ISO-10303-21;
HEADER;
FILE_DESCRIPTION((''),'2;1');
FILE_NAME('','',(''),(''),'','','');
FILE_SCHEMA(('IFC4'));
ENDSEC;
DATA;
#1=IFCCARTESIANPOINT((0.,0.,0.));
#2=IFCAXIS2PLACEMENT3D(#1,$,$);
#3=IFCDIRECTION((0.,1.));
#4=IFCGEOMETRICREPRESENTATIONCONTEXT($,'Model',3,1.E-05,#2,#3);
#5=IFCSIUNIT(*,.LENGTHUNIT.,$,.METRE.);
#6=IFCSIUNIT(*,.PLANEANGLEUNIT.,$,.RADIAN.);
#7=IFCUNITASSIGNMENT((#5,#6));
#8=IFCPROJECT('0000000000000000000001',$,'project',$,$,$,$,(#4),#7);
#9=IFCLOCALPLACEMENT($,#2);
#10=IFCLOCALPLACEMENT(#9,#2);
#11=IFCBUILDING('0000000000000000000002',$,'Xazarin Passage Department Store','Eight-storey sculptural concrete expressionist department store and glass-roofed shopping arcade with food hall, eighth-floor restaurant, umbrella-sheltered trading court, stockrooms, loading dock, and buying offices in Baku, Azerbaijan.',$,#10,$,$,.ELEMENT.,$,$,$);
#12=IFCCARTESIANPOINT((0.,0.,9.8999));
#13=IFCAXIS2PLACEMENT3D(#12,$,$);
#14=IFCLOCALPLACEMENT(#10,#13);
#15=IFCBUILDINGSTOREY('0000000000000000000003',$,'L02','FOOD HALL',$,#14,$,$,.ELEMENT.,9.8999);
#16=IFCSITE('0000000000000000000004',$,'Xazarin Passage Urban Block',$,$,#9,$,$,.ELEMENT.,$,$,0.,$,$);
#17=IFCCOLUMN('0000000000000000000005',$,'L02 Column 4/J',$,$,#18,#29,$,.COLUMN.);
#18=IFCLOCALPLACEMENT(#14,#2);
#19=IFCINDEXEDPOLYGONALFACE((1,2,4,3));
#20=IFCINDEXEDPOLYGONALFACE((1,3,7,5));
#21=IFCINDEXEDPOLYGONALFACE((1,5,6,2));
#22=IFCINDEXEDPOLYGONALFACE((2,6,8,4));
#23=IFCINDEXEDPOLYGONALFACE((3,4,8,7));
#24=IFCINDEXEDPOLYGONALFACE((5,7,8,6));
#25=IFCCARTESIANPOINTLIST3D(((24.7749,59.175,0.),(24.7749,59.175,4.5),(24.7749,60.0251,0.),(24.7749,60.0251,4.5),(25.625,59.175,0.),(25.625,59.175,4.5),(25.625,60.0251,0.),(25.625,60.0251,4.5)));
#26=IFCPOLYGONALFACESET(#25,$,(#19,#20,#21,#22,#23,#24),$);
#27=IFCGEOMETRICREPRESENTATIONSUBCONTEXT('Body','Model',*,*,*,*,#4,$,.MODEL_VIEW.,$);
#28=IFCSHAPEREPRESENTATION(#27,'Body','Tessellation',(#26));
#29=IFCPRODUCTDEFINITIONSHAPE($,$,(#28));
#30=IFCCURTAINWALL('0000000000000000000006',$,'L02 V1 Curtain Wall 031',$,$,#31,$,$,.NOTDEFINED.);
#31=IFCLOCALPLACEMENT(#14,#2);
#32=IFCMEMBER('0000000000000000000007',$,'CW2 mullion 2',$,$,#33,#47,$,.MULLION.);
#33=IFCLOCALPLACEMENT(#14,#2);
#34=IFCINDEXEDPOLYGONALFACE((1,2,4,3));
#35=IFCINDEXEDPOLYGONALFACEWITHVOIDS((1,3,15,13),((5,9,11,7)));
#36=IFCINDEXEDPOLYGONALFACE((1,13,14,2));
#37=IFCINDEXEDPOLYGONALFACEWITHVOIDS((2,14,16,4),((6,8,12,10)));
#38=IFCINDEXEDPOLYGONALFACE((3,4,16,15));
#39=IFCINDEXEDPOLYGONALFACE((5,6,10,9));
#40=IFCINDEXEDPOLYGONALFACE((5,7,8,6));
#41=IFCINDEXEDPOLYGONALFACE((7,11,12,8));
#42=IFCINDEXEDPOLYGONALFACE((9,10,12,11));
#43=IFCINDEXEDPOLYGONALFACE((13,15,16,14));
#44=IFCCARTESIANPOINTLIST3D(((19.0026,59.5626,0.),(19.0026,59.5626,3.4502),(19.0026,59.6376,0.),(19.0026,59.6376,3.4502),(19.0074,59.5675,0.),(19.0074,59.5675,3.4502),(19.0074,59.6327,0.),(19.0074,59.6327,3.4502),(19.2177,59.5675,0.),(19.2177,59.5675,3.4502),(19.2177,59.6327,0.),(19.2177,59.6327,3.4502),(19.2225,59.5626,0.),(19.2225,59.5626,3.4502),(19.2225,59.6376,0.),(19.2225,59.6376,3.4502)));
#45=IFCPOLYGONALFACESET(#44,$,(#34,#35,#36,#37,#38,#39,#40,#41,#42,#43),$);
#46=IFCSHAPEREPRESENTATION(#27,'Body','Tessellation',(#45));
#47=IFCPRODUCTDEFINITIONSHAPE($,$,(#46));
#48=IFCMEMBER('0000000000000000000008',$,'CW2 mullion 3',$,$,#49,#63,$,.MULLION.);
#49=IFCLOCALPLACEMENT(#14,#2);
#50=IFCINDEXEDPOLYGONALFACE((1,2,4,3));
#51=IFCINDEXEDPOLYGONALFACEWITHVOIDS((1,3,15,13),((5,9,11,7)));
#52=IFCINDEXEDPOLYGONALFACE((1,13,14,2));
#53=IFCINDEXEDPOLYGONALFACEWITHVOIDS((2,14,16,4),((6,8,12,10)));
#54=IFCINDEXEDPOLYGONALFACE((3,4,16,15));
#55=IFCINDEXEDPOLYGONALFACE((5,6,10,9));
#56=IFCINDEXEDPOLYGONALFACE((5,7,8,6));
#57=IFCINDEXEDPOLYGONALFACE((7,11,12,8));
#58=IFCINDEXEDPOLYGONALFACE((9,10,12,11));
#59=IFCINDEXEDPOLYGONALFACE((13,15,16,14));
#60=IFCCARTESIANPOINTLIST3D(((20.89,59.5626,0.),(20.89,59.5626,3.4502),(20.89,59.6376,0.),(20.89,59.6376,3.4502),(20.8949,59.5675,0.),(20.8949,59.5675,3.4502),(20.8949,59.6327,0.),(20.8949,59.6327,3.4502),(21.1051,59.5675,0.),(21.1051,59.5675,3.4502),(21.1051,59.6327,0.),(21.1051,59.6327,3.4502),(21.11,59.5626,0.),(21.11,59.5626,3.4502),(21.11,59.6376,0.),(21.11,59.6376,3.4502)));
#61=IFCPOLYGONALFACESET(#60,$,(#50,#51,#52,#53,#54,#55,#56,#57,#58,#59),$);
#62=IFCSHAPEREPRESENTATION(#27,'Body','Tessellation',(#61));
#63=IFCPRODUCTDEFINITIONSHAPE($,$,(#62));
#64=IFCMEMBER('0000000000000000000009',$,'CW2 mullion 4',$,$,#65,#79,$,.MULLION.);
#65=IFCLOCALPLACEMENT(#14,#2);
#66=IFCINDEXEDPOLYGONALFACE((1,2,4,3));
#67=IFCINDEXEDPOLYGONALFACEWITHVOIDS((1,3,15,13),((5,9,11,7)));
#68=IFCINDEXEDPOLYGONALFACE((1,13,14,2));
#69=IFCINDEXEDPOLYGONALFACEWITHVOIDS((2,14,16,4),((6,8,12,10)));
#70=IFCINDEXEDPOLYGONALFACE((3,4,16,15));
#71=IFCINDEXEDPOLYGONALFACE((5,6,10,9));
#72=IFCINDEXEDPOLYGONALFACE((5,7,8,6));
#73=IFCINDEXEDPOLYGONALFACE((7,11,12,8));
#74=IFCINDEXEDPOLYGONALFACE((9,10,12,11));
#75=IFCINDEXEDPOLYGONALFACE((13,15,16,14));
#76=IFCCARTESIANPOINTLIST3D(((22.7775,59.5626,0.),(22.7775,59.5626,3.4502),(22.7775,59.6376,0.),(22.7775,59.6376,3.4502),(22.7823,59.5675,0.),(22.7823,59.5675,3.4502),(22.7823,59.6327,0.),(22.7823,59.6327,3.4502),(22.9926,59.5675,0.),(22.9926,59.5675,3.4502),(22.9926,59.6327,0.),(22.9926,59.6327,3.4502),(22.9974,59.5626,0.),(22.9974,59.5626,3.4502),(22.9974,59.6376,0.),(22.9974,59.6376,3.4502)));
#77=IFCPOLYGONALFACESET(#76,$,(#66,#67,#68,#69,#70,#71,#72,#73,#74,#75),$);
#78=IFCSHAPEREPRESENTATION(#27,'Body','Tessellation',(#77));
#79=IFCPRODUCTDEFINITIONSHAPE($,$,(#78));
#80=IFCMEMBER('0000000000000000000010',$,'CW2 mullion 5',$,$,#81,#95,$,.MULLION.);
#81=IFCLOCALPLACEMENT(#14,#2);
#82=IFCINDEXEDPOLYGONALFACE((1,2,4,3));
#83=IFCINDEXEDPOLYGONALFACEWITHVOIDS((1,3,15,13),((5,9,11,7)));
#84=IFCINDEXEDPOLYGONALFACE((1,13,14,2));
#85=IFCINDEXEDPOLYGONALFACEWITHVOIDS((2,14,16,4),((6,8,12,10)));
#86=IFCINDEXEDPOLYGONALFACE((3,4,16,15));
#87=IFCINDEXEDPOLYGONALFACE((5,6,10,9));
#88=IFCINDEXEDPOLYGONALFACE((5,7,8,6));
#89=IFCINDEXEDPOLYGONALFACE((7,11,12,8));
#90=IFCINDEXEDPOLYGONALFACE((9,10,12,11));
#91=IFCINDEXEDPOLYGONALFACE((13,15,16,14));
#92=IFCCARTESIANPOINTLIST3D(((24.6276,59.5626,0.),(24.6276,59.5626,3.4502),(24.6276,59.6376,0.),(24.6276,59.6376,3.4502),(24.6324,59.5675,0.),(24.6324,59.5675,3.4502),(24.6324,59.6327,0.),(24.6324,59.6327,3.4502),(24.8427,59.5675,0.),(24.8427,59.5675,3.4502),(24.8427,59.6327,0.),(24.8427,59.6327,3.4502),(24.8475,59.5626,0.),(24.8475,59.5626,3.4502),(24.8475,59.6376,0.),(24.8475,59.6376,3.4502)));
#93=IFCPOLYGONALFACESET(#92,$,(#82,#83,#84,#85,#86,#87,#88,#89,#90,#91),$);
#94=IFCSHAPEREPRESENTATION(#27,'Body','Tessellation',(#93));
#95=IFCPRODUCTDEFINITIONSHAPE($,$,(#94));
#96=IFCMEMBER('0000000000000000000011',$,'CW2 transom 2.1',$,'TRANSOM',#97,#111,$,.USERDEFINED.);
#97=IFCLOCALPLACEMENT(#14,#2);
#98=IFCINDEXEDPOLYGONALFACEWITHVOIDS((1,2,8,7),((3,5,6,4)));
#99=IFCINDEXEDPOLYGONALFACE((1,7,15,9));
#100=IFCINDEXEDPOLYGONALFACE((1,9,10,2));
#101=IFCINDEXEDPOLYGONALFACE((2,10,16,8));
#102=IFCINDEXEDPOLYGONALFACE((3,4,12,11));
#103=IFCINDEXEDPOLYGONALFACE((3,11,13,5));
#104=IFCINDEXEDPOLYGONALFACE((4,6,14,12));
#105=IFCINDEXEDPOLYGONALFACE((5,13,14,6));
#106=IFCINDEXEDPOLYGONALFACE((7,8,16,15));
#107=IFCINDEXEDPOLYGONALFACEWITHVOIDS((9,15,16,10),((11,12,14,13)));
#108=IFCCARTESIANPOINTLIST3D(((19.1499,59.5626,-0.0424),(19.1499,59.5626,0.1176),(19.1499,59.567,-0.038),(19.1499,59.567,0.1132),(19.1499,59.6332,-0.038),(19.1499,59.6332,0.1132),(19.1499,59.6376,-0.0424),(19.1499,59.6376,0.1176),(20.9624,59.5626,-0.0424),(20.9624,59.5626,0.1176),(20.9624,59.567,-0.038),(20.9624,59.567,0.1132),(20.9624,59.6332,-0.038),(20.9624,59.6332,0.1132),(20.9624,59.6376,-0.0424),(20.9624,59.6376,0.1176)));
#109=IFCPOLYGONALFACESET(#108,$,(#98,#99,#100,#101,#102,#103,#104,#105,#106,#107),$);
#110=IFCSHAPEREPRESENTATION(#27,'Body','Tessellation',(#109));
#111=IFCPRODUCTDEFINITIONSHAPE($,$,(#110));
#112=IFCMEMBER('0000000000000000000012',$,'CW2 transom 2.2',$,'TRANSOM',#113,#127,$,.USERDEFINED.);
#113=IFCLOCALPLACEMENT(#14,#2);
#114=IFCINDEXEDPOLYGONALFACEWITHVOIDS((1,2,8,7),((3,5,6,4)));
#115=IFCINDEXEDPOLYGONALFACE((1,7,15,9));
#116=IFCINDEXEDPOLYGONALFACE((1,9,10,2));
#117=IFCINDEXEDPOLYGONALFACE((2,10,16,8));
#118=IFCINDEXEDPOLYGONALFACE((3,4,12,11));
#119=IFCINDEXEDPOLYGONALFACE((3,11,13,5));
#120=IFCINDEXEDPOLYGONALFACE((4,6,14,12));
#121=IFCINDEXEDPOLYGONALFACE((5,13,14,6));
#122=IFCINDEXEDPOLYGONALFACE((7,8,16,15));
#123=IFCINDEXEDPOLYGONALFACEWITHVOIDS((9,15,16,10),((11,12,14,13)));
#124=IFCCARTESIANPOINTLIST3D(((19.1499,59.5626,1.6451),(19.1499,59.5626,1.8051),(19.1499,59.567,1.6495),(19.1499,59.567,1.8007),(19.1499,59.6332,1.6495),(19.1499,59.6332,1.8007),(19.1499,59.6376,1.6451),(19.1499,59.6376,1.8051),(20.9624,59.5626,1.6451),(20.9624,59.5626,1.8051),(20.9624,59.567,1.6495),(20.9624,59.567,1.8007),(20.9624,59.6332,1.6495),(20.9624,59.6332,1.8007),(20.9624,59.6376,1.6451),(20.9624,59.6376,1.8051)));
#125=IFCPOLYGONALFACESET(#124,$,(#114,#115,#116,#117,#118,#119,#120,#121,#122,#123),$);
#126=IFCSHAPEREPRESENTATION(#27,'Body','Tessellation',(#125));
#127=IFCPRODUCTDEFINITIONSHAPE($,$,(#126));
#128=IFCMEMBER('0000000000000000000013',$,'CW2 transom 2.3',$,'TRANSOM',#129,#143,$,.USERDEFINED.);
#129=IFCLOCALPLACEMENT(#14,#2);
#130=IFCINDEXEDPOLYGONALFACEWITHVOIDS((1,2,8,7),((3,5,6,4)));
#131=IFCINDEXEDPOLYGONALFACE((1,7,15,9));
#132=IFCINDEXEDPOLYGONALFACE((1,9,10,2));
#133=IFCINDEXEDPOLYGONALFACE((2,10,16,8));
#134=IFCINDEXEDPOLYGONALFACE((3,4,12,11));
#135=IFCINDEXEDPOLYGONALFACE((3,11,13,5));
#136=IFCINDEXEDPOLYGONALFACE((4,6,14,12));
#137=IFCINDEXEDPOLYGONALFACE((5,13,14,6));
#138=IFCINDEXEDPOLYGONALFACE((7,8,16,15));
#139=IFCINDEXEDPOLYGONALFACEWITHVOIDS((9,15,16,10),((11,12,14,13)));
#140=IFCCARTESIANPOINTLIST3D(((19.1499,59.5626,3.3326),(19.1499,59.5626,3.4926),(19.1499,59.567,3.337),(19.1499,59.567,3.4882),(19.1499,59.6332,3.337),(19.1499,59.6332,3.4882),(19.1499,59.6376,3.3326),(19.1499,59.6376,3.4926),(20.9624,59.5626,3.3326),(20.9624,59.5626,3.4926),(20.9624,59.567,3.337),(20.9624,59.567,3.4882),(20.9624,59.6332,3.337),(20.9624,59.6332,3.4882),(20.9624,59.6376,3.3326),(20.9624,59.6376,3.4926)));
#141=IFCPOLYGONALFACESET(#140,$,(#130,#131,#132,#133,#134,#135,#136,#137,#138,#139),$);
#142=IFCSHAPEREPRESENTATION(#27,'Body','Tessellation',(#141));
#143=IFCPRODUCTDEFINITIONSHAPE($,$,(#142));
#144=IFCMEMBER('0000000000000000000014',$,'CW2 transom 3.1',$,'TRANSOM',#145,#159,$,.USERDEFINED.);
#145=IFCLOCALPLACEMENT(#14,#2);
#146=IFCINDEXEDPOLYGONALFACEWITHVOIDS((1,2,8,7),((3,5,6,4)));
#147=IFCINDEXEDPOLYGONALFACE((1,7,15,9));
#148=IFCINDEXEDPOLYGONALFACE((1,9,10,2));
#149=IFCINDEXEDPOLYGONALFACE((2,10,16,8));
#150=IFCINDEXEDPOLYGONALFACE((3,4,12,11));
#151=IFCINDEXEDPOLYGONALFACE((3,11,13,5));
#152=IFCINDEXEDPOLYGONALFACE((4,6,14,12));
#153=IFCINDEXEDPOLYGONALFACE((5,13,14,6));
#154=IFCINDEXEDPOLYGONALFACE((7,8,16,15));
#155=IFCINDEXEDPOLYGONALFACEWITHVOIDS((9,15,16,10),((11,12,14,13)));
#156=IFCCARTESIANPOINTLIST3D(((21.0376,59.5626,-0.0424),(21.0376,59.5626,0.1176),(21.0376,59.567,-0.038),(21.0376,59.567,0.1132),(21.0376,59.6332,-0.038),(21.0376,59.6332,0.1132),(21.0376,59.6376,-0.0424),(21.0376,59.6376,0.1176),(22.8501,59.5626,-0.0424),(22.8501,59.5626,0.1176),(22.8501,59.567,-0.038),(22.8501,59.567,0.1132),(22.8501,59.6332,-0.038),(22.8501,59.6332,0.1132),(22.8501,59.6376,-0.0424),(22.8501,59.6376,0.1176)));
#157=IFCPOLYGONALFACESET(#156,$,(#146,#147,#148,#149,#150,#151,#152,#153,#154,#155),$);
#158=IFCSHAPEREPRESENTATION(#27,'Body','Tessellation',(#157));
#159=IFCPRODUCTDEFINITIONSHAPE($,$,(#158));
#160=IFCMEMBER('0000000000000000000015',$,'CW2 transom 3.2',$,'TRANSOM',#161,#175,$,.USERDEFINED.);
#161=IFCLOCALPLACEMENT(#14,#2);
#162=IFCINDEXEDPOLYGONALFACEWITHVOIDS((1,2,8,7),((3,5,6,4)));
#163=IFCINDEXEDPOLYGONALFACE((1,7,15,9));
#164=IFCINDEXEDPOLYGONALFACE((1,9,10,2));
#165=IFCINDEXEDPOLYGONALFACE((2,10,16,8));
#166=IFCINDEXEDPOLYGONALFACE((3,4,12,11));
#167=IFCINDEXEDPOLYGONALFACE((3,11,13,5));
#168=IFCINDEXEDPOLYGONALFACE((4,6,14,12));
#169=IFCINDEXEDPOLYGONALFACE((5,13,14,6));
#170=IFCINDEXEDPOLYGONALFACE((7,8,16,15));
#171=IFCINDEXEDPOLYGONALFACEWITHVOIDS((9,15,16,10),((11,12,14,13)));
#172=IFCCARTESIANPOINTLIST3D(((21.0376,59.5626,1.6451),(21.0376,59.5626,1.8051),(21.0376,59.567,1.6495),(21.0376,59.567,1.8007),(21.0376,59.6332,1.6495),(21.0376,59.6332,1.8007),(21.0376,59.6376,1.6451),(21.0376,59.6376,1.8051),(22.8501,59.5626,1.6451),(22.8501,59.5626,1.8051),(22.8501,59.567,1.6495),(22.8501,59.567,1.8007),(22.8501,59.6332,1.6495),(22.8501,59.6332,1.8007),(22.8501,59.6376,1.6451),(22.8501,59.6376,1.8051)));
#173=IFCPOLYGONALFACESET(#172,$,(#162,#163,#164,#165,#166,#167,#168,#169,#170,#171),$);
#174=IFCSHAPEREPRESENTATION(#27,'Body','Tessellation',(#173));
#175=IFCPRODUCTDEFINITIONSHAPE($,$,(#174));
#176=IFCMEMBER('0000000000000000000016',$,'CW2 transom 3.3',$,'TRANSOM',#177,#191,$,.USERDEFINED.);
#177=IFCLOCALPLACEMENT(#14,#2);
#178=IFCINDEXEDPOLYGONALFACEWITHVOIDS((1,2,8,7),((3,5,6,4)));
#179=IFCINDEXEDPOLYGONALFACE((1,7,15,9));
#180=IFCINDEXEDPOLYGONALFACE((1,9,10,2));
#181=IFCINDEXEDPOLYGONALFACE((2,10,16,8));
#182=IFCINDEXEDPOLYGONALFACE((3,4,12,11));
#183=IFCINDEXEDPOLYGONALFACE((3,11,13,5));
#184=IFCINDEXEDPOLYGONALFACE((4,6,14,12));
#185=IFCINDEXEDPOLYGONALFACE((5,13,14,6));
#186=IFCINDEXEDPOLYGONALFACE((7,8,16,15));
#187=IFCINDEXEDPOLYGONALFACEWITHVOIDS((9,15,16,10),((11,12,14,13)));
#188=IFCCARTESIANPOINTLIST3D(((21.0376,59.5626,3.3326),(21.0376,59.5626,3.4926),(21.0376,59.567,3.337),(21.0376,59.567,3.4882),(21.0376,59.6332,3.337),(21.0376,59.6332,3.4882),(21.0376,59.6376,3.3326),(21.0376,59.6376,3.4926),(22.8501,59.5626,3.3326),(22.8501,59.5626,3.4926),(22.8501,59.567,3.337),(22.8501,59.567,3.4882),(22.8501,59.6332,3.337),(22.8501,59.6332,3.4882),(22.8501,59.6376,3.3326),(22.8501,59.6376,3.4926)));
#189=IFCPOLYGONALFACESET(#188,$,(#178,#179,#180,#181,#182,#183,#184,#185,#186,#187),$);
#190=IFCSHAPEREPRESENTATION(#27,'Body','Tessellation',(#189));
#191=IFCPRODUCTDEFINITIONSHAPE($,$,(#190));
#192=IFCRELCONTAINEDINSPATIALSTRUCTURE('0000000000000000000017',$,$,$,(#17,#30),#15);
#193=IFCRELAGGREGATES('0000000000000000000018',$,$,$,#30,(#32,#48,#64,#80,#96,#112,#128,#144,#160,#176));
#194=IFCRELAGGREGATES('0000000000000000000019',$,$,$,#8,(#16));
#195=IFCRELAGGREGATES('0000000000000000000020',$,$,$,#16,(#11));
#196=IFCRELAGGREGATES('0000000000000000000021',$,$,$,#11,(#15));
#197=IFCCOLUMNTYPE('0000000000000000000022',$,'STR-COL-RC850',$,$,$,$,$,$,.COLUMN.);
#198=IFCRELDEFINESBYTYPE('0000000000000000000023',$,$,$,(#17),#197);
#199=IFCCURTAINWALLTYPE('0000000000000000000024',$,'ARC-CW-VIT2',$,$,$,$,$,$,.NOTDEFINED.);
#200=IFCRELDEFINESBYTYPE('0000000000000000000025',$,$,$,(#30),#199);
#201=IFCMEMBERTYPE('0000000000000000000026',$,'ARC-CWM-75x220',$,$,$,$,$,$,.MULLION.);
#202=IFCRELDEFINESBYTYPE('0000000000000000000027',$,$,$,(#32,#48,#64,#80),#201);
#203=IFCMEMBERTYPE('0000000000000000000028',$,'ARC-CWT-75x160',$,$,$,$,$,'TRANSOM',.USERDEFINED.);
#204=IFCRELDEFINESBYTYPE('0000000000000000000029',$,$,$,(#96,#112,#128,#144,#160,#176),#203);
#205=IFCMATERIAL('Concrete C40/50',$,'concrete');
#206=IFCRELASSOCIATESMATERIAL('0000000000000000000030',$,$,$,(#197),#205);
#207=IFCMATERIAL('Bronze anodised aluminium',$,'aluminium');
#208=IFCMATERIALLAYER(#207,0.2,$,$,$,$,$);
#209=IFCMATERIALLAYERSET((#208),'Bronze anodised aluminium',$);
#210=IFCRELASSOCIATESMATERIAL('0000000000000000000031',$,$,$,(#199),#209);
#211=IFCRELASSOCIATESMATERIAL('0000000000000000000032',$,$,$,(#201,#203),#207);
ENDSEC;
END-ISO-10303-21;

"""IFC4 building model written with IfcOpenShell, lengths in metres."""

from ifc_helpers import new_model, si_unit, direction, frame, origin, origin_2d, place, context, subcontext, project, spatial, rectangle, hollow_rectangle, extrude, material, layer, layer_set, material_profile, profile_set, type_object, element, aggregate, save


model = new_model("IFC4")

# Units and contexts
model_context = context("Model", 3, precision=1e-05, world=origin(), true_north=direction((0.0, 1.0)))
body_context = subcontext(model_context, "Body", "Model", "MODEL_VIEW")
ifc_project = project(units=[si_unit("LENGTHUNIT", "METRE"), si_unit("PLANEANGLEUNIT", "RADIAN")], contexts=[model_context])

# Site, building, storey
site_placement = place(None, origin())
site = spatial("IfcSite", under=ifc_project, at=site_placement, Name="Xazarin Passage Urban Block", CompositionType="ELEMENT", RefElevation=0.0)
building_placement = place(site_placement, origin())
building = spatial("IfcBuilding", under=site, at=building_placement, Name="Xazarin Passage Department Store", Description="Eight-storey sculptural concrete expressionist department store and glass-roofed shopping arcade with food hall, eighth-floor restaurant, umbrella-sheltered trading court, stockrooms, loading dock, and buying offices in Baku, Azerbaijan.", CompositionType="ELEMENT")
storey_placement = place(building_placement, frame((0.0, 0.0, 9.8999)))
storey = spatial("IfcBuildingStorey", under=building, at=storey_placement, Name="L02", Description="FOOD HALL", CompositionType="ELEMENT", Elevation=9.8999)

# Column
ifc_material_1 = material(Name="Concrete C40/50", Category="concrete")
ifc_material_profile_1 = material_profile(ifc_material_1, rectangle(XDim=0.8501, YDim=0.8501, at=origin_2d()), Name="RC 850x850")
ifc_profile_set_1 = profile_set([ifc_material_profile_1], Name="Concrete C40/50")
column_type = type_object("IfcColumnType", Name="STR-COL-RC850", PredefinedType="COLUMN", material=ifc_profile_set_1)
column_placement = place(storey_placement, frame((25.2, 59.6001, 0.0), z_axis=(0.0, 0.0, 1.0), x_axis=(1.0, 0.0, 0.0)))
element("IfcColumn", 1, at=column_placement, inside=storey, type_object=column_type, Name="L02 Column 4/J", PredefinedType="COLUMN", context=body_context, shape_type="SweptSolid", body=[
    extrude(rectangle(XDim=0.8501, YDim=0.8501, at=origin_2d()), origin(), (0.0, 0.0, 1.0), 4.5),
])

# Curtain wall, members
ifc_material_2 = material(Name="Bronze anodised aluminium", Category="aluminium")
ifc_layer_1 = layer(ifc_material_2, 0.2)
ifc_layer_set_1 = layer_set([ifc_layer_1], Name="Bronze anodised aluminium")
curtain_wall_type = type_object("IfcCurtainWallType", Name="ARC-CW-VIT2", PredefinedType="NOTDEFINED", material=ifc_layer_set_1)
curtain_wall_placement = place(storey_placement, origin())
curtain_wall = element("IfcCurtainWall", 2, at=curtain_wall_placement, inside=storey, type_object=curtain_wall_type, Name="L02 V1 Curtain Wall 031", PredefinedType="NOTDEFINED")
ifc_material_profile_2 = material_profile(ifc_material_2, hollow_rectangle(XDim=0.075, YDim=0.22, WallThickness=0.0049, at=origin_2d()), Name="ALU 75x220")
ifc_profile_set_2 = profile_set([ifc_material_profile_2], Name="Bronze anodised aluminium")
member_type_1 = type_object("IfcMemberType", Name="ARC-CWM-75x220", PredefinedType="MULLION", material=ifc_profile_set_2)
member_1_placement = place(storey_placement, frame((19.1125, 59.6001, 0.0), z_axis=(0.0, 0.0, 1.0), x_axis=(0.0, 1.0, 0.0)))
member_1 = element("IfcMember", 3, at=member_1_placement, type_object=member_type_1, Name="CW2 mullion 2", PredefinedType="MULLION", context=body_context, shape_type="SweptSolid", body=[
    extrude(hollow_rectangle(XDim=0.075, YDim=0.22, WallThickness=0.0049, at=origin_2d()), origin(), (0.0, 0.0, 1.0), 3.4502),
])
member_2_placement = place(storey_placement, frame((21.0, 59.6001, 0.0), z_axis=(0.0, 0.0, 1.0), x_axis=(0.0, 1.0, 0.0)))
member_2 = element("IfcMember", 4, at=member_2_placement, type_object=member_type_1, Name="CW2 mullion 3", PredefinedType="MULLION", context=body_context, shape_type="SweptSolid", body=[
    extrude(hollow_rectangle(XDim=0.075, YDim=0.22, WallThickness=0.0049, at=origin_2d()), origin(), (0.0, 0.0, 1.0), 3.4502),
])
member_3_placement = place(storey_placement, frame((22.8875, 59.6001, 0.0), z_axis=(0.0, 0.0, 1.0), x_axis=(0.0, 1.0, 0.0)))
member_3 = element("IfcMember", 5, at=member_3_placement, type_object=member_type_1, Name="CW2 mullion 4", PredefinedType="MULLION", context=body_context, shape_type="SweptSolid", body=[
    extrude(hollow_rectangle(XDim=0.075, YDim=0.22, WallThickness=0.0049, at=origin_2d()), origin(), (0.0, 0.0, 1.0), 3.4502),
])
member_4_placement = place(storey_placement, frame((24.7375, 59.6001, 0.0), z_axis=(0.0, 0.0, 1.0), x_axis=(0.0, 1.0, 0.0)))
member_4 = element("IfcMember", 6, at=member_4_placement, type_object=member_type_1, Name="CW2 mullion 5", PredefinedType="MULLION", context=body_context, shape_type="SweptSolid", body=[
    extrude(hollow_rectangle(XDim=0.075, YDim=0.22, WallThickness=0.0049, at=origin_2d()), origin(), (0.0, 0.0, 1.0), 3.4502),
])
ifc_material_profile_3 = material_profile(ifc_material_2, hollow_rectangle(XDim=0.075, YDim=0.1599, WallThickness=0.0044, at=origin_2d()), Name="ALU 75x160")
ifc_profile_set_3 = profile_set([ifc_material_profile_3], Name="Bronze anodised aluminium")
member_type_2 = type_object("IfcMemberType", Name="ARC-CWT-75x160", ElementType="TRANSOM", PredefinedType="USERDEFINED", material=ifc_profile_set_3)
member_5_placement = place(storey_placement, frame((19.1499, 59.6001, 0.0376), z_axis=(1.0, 0.0, 0.0), x_axis=(0.0, 1.0, 0.0)))
member_5 = element("IfcMember", 7, at=member_5_placement, type_object=member_type_2, Name="CW2 transom 2.1", ObjectType="TRANSOM", PredefinedType="USERDEFINED", context=body_context, shape_type="SweptSolid", body=[
    extrude(hollow_rectangle(XDim=0.075, YDim=0.1599, WallThickness=0.0044, at=origin_2d()), origin(), (0.0, 0.0, 1.0), 1.8125),
])
member_6_placement = place(storey_placement, frame((19.1499, 59.6001, 1.7251), z_axis=(1.0, 0.0, 0.0), x_axis=(0.0, 1.0, 0.0)))
member_6 = element("IfcMember", 8, at=member_6_placement, type_object=member_type_2, Name="CW2 transom 2.2", ObjectType="TRANSOM", PredefinedType="USERDEFINED", context=body_context, shape_type="SweptSolid", body=[
    extrude(hollow_rectangle(XDim=0.075, YDim=0.1599, WallThickness=0.0044, at=origin_2d()), origin(), (0.0, 0.0, 1.0), 1.8125),
])
member_7_placement = place(storey_placement, frame((19.1499, 59.6001, 3.4126), z_axis=(1.0, 0.0, 0.0), x_axis=(0.0, 1.0, 0.0)))
member_7 = element("IfcMember", 9, at=member_7_placement, type_object=member_type_2, Name="CW2 transom 2.3", ObjectType="TRANSOM", PredefinedType="USERDEFINED", context=body_context, shape_type="SweptSolid", body=[
    extrude(hollow_rectangle(XDim=0.075, YDim=0.1599, WallThickness=0.0044, at=origin_2d()), origin(), (0.0, 0.0, 1.0), 1.8125),
])
member_8_placement = place(storey_placement, frame((21.0376, 59.6001, 0.0376), z_axis=(1.0, 0.0, 0.0), x_axis=(0.0, 1.0, 0.0)))
member_8 = element("IfcMember", 10, at=member_8_placement, type_object=member_type_2, Name="CW2 transom 3.1", ObjectType="TRANSOM", PredefinedType="USERDEFINED", context=body_context, shape_type="SweptSolid", body=[
    extrude(hollow_rectangle(XDim=0.075, YDim=0.1599, WallThickness=0.0044, at=origin_2d()), origin(), (0.0, 0.0, 1.0), 1.8125),
])
member_9_placement = place(storey_placement, frame((21.0376, 59.6001, 1.7251), z_axis=(1.0, 0.0, 0.0), x_axis=(0.0, 1.0, 0.0)))
member_9 = element("IfcMember", 11, at=member_9_placement, type_object=member_type_2, Name="CW2 transom 3.2", ObjectType="TRANSOM", PredefinedType="USERDEFINED", context=body_context, shape_type="SweptSolid", body=[
    extrude(hollow_rectangle(XDim=0.075, YDim=0.1599, WallThickness=0.0044, at=origin_2d()), origin(), (0.0, 0.0, 1.0), 1.8125),
])
member_10_placement = place(storey_placement, frame((21.0376, 59.6001, 3.4126), z_axis=(1.0, 0.0, 0.0), x_axis=(0.0, 1.0, 0.0)))
member_10 = element("IfcMember", 12, at=member_10_placement, type_object=member_type_2, Name="CW2 transom 3.3", ObjectType="TRANSOM", PredefinedType="USERDEFINED", context=body_context, shape_type="SweptSolid", body=[
    extrude(hollow_rectangle(XDim=0.075, YDim=0.1599, WallThickness=0.0044, at=origin_2d()), origin(), (0.0, 0.0, 1.0), 1.8125),
])

aggregate(curtain_wall, [member_1, member_2, member_3, member_4, member_5, member_6, member_7, member_8, member_9, member_10])

save(model, "model.ifc")
